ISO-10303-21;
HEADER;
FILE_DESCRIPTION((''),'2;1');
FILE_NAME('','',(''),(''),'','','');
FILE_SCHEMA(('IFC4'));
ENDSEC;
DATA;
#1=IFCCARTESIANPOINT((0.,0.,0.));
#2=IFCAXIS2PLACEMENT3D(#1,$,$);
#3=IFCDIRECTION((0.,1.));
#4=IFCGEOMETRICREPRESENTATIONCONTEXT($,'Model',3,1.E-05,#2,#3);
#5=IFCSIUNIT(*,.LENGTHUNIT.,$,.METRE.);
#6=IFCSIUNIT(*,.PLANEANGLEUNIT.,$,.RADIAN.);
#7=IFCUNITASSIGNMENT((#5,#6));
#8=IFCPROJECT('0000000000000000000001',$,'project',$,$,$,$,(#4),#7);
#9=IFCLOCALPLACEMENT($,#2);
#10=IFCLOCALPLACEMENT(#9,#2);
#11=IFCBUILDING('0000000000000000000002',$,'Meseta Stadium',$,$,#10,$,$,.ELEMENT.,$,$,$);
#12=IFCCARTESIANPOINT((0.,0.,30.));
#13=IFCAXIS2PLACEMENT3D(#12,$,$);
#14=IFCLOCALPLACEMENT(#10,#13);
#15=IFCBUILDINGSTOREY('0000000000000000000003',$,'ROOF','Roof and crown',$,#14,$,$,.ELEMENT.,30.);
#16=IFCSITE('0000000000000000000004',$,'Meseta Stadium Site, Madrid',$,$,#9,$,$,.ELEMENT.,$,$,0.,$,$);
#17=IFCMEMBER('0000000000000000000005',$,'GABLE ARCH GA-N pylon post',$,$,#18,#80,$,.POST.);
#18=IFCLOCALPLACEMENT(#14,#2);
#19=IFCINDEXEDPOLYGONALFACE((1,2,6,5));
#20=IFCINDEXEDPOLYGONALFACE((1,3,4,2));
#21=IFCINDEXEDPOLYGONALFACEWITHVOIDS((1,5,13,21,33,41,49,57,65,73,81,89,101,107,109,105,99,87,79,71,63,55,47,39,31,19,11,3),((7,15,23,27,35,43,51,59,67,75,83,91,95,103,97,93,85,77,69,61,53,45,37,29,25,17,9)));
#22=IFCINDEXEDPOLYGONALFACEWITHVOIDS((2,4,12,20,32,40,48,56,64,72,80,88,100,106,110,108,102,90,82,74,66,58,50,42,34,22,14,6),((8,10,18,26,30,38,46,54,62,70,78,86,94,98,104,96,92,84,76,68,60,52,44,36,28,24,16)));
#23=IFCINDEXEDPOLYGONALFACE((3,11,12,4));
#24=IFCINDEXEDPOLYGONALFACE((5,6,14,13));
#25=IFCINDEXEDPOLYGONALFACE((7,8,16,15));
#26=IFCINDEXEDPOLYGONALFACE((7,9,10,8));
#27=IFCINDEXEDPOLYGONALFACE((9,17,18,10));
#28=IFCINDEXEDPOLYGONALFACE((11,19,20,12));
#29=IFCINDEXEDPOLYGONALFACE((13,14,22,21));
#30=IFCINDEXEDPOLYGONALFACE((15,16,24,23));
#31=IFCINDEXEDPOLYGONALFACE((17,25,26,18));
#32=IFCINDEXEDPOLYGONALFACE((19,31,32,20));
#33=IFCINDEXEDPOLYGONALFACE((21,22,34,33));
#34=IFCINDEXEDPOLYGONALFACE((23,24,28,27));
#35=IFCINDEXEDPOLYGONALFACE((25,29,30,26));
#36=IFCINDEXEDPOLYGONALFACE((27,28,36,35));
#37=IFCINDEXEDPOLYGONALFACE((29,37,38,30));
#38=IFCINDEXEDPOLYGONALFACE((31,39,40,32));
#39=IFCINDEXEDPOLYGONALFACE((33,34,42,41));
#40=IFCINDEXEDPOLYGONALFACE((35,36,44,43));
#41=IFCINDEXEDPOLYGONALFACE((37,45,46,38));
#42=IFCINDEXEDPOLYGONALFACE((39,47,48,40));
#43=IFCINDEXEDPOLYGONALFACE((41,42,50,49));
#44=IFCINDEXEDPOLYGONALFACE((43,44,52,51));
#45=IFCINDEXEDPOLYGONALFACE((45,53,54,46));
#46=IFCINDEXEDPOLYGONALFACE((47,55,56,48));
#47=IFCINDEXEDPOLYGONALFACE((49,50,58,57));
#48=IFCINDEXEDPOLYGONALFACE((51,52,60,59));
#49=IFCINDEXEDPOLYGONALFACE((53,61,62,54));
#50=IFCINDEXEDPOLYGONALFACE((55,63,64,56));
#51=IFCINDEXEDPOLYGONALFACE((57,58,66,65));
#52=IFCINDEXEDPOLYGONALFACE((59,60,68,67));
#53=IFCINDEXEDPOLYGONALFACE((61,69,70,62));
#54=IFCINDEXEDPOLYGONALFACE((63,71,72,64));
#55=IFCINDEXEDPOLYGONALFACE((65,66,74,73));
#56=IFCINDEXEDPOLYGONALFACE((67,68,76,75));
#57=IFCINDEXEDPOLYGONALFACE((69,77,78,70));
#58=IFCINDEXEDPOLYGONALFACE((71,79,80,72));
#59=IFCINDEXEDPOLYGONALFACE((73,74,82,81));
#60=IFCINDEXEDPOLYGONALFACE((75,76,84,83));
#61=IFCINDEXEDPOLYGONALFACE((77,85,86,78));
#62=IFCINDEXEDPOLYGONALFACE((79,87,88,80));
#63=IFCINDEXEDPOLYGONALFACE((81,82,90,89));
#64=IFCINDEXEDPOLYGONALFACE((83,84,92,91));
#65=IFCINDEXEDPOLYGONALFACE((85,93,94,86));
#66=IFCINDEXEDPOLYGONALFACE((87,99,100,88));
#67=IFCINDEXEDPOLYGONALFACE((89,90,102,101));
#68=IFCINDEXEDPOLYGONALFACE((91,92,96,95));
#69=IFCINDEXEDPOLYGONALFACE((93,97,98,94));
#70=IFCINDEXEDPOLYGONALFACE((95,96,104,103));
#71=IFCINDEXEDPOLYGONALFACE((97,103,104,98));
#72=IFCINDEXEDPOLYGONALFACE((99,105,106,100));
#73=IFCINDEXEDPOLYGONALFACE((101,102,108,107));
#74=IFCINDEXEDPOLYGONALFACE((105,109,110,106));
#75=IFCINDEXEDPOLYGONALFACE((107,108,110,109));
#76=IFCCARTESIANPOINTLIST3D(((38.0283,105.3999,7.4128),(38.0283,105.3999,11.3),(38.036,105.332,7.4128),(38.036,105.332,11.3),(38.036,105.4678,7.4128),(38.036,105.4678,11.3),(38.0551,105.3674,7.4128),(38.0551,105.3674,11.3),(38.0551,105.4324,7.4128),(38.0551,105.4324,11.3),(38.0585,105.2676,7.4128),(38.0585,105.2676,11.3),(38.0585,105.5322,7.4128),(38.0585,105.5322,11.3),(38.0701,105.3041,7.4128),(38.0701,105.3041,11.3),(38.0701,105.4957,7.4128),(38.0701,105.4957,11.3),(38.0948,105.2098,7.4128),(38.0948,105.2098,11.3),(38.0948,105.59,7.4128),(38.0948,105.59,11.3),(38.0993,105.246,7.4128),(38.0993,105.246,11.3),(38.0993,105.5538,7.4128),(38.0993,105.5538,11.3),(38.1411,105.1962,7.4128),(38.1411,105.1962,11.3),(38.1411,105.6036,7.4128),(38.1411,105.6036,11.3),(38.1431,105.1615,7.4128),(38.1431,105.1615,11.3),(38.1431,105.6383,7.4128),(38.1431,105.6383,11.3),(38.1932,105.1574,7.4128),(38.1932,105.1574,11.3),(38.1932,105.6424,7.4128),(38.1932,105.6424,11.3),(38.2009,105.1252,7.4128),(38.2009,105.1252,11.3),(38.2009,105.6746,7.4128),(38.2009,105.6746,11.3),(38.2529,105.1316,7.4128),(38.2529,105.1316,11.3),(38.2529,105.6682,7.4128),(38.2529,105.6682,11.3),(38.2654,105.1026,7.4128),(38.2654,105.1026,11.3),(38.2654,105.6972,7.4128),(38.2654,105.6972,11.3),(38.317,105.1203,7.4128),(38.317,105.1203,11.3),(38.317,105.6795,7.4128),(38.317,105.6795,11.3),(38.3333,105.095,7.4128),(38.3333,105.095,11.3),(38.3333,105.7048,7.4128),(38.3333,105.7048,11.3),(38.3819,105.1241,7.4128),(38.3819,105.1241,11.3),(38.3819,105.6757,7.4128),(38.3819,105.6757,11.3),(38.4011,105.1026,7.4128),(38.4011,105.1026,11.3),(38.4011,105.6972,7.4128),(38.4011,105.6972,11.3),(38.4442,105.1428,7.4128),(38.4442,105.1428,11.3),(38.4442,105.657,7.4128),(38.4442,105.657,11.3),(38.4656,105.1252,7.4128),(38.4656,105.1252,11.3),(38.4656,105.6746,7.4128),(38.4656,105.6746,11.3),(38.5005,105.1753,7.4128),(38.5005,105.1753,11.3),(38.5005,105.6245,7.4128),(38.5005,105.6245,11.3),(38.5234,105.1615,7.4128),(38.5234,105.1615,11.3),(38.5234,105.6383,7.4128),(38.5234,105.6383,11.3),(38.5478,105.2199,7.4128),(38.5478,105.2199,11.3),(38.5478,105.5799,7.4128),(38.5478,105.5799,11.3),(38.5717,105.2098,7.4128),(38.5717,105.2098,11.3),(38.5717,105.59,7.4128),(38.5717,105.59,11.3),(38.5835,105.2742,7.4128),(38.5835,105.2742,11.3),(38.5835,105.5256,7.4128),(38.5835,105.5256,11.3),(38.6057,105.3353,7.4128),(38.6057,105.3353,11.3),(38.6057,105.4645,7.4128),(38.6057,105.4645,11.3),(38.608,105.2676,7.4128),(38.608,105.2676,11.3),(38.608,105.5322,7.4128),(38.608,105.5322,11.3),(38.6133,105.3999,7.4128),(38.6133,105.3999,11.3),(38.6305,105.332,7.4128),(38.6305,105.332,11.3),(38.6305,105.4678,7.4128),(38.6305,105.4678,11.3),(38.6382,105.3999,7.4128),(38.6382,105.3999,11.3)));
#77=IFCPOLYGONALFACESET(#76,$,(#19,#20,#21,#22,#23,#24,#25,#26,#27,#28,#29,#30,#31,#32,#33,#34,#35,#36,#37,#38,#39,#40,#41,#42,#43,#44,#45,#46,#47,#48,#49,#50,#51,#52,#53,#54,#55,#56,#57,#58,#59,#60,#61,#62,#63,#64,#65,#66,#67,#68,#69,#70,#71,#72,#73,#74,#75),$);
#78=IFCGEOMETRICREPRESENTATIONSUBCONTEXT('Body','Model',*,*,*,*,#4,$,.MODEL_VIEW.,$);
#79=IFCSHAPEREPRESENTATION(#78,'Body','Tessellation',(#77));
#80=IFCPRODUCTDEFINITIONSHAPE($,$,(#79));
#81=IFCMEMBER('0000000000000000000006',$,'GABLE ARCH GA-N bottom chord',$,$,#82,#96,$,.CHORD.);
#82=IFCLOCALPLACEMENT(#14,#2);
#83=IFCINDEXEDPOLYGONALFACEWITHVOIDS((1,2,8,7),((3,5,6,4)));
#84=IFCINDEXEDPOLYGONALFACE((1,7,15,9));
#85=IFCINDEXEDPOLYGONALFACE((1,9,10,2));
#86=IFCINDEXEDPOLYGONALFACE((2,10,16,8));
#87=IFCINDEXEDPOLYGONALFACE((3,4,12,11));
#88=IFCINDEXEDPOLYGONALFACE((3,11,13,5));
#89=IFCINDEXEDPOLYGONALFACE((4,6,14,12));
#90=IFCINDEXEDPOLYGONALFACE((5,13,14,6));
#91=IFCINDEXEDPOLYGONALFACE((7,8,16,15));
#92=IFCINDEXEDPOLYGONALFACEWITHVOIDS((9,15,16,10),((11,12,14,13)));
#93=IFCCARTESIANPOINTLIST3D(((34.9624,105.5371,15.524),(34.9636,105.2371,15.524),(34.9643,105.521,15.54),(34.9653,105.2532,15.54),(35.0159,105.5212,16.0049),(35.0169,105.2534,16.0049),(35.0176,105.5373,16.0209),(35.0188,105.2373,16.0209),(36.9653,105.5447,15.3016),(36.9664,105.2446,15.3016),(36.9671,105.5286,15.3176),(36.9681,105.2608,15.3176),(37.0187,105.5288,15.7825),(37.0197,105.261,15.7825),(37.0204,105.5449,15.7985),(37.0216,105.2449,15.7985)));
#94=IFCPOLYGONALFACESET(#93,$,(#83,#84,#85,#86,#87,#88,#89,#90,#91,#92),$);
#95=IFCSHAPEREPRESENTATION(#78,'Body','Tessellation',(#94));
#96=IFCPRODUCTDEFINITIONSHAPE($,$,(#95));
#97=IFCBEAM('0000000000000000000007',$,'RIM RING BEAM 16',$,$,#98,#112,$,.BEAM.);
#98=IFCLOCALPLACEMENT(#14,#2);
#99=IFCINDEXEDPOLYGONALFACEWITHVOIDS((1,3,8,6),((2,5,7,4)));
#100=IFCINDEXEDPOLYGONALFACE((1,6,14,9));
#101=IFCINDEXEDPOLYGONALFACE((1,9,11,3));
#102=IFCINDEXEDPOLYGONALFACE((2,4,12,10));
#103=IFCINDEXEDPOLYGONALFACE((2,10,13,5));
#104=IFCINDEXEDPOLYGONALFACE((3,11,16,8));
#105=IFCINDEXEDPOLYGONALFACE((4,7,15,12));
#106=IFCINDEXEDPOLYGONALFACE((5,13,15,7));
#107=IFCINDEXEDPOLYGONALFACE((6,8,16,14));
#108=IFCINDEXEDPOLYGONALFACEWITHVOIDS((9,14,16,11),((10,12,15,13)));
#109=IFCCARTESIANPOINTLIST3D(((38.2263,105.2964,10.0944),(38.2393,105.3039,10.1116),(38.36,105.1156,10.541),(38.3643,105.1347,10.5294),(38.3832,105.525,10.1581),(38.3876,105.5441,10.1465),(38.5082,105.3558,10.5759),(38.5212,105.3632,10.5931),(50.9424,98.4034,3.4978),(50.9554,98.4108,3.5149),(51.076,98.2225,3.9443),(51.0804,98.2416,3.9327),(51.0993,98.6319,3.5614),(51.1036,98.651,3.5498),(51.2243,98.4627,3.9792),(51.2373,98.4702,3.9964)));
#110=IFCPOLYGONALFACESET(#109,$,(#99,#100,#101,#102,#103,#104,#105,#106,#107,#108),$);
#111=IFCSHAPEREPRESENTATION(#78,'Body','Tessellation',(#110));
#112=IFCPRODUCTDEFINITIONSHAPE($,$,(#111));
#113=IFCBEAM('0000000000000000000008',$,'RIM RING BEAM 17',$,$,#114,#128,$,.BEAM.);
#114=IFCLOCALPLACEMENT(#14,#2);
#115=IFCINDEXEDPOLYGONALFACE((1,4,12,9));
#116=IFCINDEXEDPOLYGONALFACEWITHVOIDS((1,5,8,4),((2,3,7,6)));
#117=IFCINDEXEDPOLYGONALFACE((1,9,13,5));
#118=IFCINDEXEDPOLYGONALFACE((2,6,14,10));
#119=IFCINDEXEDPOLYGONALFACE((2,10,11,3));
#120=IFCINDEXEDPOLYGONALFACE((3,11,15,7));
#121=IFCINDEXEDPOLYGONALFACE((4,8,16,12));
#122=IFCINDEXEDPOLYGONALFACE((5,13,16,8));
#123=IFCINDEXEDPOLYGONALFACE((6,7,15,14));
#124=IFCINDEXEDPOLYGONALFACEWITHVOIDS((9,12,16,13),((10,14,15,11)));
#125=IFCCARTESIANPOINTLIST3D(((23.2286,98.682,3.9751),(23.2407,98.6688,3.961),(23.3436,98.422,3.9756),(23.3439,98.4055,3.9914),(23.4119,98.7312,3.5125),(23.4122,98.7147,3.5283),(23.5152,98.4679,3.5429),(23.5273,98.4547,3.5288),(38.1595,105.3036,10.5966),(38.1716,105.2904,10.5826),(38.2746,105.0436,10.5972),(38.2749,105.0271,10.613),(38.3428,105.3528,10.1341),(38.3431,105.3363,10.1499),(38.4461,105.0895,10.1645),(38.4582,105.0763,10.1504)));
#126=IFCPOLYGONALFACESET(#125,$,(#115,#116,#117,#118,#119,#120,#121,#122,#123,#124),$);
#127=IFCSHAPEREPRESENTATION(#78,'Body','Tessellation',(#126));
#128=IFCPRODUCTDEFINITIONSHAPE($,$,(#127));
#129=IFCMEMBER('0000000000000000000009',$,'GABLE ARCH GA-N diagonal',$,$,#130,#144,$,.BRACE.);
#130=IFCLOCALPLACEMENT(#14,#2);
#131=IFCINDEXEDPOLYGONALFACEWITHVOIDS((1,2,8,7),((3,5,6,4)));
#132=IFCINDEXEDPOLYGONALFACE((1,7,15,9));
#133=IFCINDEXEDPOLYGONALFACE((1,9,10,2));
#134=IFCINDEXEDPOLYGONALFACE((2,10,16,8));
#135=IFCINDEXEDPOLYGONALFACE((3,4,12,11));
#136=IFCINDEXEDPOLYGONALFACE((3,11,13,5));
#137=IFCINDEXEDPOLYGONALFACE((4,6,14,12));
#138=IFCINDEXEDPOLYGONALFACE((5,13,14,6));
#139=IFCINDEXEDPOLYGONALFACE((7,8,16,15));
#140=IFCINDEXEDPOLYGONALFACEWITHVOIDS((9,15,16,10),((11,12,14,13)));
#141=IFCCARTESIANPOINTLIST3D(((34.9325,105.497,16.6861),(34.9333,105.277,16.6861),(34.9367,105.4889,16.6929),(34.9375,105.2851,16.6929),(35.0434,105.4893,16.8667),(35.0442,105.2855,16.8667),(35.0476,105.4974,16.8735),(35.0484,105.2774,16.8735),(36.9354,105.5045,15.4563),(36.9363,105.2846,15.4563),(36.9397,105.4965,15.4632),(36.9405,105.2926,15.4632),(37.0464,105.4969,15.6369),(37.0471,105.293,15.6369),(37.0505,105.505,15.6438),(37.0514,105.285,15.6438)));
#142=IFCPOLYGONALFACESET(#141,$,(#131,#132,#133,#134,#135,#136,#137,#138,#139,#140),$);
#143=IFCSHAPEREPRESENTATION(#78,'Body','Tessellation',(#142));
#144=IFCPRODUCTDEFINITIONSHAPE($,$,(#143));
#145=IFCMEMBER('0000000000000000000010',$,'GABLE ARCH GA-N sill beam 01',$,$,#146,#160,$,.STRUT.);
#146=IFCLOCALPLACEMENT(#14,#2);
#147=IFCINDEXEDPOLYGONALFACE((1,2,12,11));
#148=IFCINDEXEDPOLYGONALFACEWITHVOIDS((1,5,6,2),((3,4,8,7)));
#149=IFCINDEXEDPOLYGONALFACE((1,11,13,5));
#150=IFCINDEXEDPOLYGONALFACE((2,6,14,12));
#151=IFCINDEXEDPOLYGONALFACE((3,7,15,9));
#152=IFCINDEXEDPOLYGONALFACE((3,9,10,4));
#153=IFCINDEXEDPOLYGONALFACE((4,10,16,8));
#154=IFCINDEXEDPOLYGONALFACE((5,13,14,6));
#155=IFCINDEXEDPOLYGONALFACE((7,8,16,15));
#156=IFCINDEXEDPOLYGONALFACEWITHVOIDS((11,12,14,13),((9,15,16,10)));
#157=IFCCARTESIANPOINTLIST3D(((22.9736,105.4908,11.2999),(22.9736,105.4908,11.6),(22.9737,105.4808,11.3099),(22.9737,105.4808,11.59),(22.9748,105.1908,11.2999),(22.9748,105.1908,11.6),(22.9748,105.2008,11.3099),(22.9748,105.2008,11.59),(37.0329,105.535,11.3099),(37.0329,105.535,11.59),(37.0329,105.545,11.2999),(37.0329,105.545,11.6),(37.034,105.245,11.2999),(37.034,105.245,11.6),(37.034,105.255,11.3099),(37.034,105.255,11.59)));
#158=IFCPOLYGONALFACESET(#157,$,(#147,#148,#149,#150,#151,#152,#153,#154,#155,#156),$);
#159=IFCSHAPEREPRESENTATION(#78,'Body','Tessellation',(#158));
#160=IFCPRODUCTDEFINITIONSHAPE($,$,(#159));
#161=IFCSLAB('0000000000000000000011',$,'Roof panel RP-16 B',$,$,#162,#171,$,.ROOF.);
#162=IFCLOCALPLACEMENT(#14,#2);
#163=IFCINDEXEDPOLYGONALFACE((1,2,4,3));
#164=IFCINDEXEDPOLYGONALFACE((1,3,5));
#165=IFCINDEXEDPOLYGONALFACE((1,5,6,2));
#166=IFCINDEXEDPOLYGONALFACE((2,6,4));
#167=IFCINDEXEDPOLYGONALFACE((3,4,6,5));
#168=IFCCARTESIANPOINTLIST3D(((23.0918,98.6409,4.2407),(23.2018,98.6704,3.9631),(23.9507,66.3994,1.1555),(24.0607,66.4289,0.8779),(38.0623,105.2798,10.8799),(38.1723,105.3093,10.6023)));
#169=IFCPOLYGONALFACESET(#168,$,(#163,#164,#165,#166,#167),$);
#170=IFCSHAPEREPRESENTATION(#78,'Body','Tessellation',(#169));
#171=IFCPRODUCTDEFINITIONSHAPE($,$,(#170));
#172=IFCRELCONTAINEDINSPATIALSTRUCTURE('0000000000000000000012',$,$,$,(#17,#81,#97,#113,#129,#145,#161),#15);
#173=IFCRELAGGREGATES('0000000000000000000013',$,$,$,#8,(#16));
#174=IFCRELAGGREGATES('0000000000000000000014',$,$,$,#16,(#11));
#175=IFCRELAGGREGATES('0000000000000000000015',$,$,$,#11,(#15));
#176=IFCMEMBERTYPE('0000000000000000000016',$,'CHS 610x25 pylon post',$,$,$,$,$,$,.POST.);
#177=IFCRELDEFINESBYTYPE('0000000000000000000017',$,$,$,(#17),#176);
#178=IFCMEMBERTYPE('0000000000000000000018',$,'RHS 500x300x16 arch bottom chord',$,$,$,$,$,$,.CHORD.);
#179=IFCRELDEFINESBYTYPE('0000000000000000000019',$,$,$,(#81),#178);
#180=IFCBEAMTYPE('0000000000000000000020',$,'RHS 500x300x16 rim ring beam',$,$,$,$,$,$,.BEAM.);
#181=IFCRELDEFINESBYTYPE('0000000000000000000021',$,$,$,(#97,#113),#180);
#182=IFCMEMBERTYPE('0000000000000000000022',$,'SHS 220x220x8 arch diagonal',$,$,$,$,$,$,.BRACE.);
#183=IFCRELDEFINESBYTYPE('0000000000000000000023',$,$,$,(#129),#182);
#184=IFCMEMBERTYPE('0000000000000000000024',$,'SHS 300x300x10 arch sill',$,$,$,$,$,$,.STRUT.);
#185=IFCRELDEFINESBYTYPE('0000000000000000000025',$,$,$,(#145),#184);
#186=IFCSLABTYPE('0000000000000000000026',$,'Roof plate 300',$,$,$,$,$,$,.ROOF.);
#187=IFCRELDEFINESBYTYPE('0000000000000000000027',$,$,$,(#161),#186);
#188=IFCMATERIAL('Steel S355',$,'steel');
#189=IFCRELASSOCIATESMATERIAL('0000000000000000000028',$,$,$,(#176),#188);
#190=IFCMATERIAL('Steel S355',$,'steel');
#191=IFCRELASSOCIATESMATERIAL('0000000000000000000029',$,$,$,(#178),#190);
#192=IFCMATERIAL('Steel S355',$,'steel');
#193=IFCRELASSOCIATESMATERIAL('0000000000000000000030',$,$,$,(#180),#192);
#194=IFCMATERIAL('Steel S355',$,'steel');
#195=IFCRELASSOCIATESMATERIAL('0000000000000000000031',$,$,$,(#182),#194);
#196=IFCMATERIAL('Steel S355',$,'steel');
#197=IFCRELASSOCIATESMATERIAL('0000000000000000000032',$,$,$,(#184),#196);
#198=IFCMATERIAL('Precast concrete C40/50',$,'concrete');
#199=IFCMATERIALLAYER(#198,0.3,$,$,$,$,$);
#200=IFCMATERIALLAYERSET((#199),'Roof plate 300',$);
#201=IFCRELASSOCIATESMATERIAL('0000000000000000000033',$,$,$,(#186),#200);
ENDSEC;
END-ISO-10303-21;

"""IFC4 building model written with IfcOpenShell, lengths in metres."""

from ifc_helpers import new_model, si_unit, direction, frame, origin, origin_2d, place, context, subcontext, project, spatial, polyline, hollow_rectangle, hollow_circle, outline, extrude, material, layer, layer_set, material_profile, profile_set, type_object, element, save


model = new_model("IFC4")

# Units and contexts
model_context = context("Model", 3, precision=1e-05, world=origin(), true_north=direction((0.0, 1.0)))
body_context = subcontext(model_context, "Body", "Model", "MODEL_VIEW")
ifc_project = project(units=[si_unit("LENGTHUNIT", "METRE"), si_unit("PLANEANGLEUNIT", "RADIAN")], contexts=[model_context])

# Site, building, storey
site_placement = place(None, origin())
site = spatial("IfcSite", under=ifc_project, at=site_placement, Name="Meseta Stadium Site, Madrid", CompositionType="ELEMENT", RefElevation=0.0)
building_placement = place(site_placement, origin())
building = spatial("IfcBuilding", under=site, at=building_placement, Name="Meseta Stadium", CompositionType="ELEMENT")
storey_placement = place(building_placement, frame((0.0, 0.0, 30.0)))
storey = spatial("IfcBuildingStorey", under=building, at=storey_placement, Name="ROOF", Description="Roof and crown", CompositionType="ELEMENT", Elevation=30.0)

# Members
ifc_material_1 = material(Name="Steel S355", Category="steel")
ifc_material_profile_1 = material_profile(ifc_material_1, hollow_circle(Radius=0.3049, WallThickness=0.0249, at=origin_2d()), Name="CHS 610x25")
ifc_profile_set_1 = profile_set([ifc_material_profile_1], Name="Steel S355")
member_type_1 = type_object("IfcMemberType", Name="CHS 610x25 pylon post", PredefinedType="POST", material=ifc_profile_set_1)
member_1_placement = place(storey_placement, frame((38.3333, 105.3999, 7.4128), z_axis=(0.0, 0.0, 1.0), x_axis=(1.0, 0.0, 0.0)))
element("IfcMember", 1, at=member_1_placement, inside=storey, type_object=member_type_1, Name="GABLE ARCH GA-N pylon post", PredefinedType="POST", context=body_context, shape_type="SweptSolid", body=[
    extrude(hollow_circle(Radius=0.3049, WallThickness=0.0249, at=origin_2d()), origin(), (0.0, 0.0, 1.0), 3.8872),
])
ifc_material_2 = material(Name="Steel S355", Category="steel")
ifc_material_profile_2 = material_profile(ifc_material_2, hollow_rectangle(XDim=0.3, YDim=0.5, WallThickness=0.0161, at=origin_2d()), Name="RHS 500x300x16")
ifc_profile_set_2 = profile_set([ifc_material_profile_2], Name="Steel S355")
member_type_2 = type_object("IfcMemberType", Name="RHS 500x300x16 arch bottom chord", PredefinedType="CHORD", material=ifc_profile_set_2)
member_2_placement = place(storey_placement, frame((36.9934, 105.3948, 15.55), z_axis=(-0.993884, -0.003756, 0.110364), x_axis=(0.003779, -0.999993, 0.0)))
element("IfcMember", 2, at=member_2_placement, inside=storey, type_object=member_type_2, Name="GABLE ARCH GA-N bottom chord", PredefinedType="CHORD", context=body_context, shape_type="SweptSolid", body=[
    extrude(hollow_rectangle(XDim=0.3, YDim=0.5, WallThickness=0.0161, at=origin_2d()), origin(), (0.0, 0.0, 1.0), 2.0151),
])

# Beams
ifc_material_3 = material(Name="Steel S355", Category="steel")
ifc_material_profile_3 = material_profile(ifc_material_3, hollow_rectangle(XDim=0.3, YDim=0.5, WallThickness=0.0161, at=origin_2d()), Name="RHS 500x300x16")
ifc_profile_set_3 = profile_set([ifc_material_profile_3], Name="Steel S355")
beam_type = type_object("IfcBeamType", Name="RHS 500x300x16 rim ring beam", PredefinedType="BEAM", material=ifc_profile_set_3)
beam_1_placement = place(storey_placement, frame((51.0898, 98.4368, 3.7471), z_axis=(-0.799881, 0.433596, 0.414952), x_axis=(-0.537362, -0.825325, -0.173437)))
element("IfcBeam", 3, at=beam_1_placement, inside=storey, type_object=beam_type, Name="RIM RING BEAM 16", PredefinedType="BEAM", context=body_context, shape_type="SweptSolid", body=[
    extrude(hollow_rectangle(XDim=0.3, YDim=0.5, WallThickness=0.0161, at=origin_2d()), origin(), (0.0, 0.0, 1.0), 15.8975),
])
beam_2_placement = place(storey_placement, frame((38.3088, 105.1899, 10.3735), z_axis=(-0.847168, -0.375703, -0.375703), x_axis=(0.384507, -0.921512, 0.054493)))
element("IfcBeam", 4, at=beam_2_placement, inside=storey, type_object=beam_type, Name="RIM RING BEAM 17", PredefinedType="BEAM", context=body_context, shape_type="SweptSolid", body=[
    extrude(hollow_rectangle(XDim=0.3, YDim=0.5, WallThickness=0.0161, at=origin_2d()), origin(), (0.0, 0.0, 1.0), 17.6245),
])

# Members
ifc_material_4 = material(Name="Steel S355", Category="steel")
ifc_material_profile_4 = material_profile(ifc_material_4, hollow_rectangle(XDim=0.22, YDim=0.22, WallThickness=0.0081, at=origin_2d()), Name="SHS 220x220x8")
ifc_profile_set_4 = profile_set([ifc_material_profile_4], Name="Steel S355")
member_type_3 = type_object("IfcMemberType", Name="SHS 220x220x8 arch diagonal", PredefinedType="BRACE", material=ifc_profile_set_4)
member_3_placement = place(storey_placement, frame((36.9934, 105.3948, 15.55), z_axis=(-0.852192, -0.00322, 0.523219), x_axis=(0.003779, -0.999993, 0.0)))
element("IfcMember", 5, at=member_3_placement, inside=storey, type_object=member_type_3, Name="GABLE ARCH GA-N diagonal", PredefinedType="BRACE", context=body_context, shape_type="SweptSolid", body=[
    extrude(hollow_rectangle(XDim=0.22, YDim=0.22, WallThickness=0.0081, at=origin_2d()), origin(), (0.0, 0.0, 1.0), 2.3503),
])
ifc_material_5 = material(Name="Steel S355", Category="steel")
ifc_material_profile_5 = material_profile(ifc_material_5, hollow_rectangle(XDim=0.3, YDim=0.3, WallThickness=0.01, at=origin_2d()), Name="SHS 300x300x10")
ifc_profile_set_5 = profile_set([ifc_material_profile_5], Name="Steel S355")
member_type_4 = type_object("IfcMemberType", Name="SHS 300x300x10 arch sill", PredefinedType="STRUT", material=ifc_profile_set_5)
member_4_placement = place(storey_placement, frame((37.0334, 105.395, 11.45), z_axis=(-0.999993, -0.003855, 0.0), x_axis=(0.003855, -0.999993, 0.0)))
element("IfcMember", 6, at=member_4_placement, inside=storey, type_object=member_type_4, Name="GABLE ARCH GA-N sill beam 01", PredefinedType="STRUT", context=body_context, shape_type="SweptSolid", body=[
    extrude(hollow_rectangle(XDim=0.3, YDim=0.3, WallThickness=0.01, at=origin_2d()), origin(), (0.0, 0.0, 1.0), 14.0593),
])

# Slab
ifc_material_6 = material(Name="Precast concrete C40/50", Category="concrete")
ifc_layer = layer(ifc_material_6, 0.3)
ifc_layer_set = layer_set([ifc_layer], Name="Roof plate 300")
slab_type = type_object("IfcSlabType", Name="Roof plate 300", PredefinedType="ROOF", material=ifc_layer_set)
slab_placement = place(storey_placement, frame((38.0623, 105.2798, 10.8799), z_axis=(-0.366692, -0.098295, 0.925135), x_axis=(-0.332117, -0.915052, -0.228864)))
element("IfcSlab", 7, at=slab_placement, inside=storey, type_object=slab_type, Name="Roof panel RP-16 B", PredefinedType="ROOF", context=body_context, shape_type="SweptSolid", body=[
    extrude(outline(polyline([(0.0, 0.0), (42.4898, 0.0), (12.5664, -12.424), (0.0, 0.0)])), origin(), (0.0, 0.0, -1.0), 0.3),
])

save(model, "model.ifc")
